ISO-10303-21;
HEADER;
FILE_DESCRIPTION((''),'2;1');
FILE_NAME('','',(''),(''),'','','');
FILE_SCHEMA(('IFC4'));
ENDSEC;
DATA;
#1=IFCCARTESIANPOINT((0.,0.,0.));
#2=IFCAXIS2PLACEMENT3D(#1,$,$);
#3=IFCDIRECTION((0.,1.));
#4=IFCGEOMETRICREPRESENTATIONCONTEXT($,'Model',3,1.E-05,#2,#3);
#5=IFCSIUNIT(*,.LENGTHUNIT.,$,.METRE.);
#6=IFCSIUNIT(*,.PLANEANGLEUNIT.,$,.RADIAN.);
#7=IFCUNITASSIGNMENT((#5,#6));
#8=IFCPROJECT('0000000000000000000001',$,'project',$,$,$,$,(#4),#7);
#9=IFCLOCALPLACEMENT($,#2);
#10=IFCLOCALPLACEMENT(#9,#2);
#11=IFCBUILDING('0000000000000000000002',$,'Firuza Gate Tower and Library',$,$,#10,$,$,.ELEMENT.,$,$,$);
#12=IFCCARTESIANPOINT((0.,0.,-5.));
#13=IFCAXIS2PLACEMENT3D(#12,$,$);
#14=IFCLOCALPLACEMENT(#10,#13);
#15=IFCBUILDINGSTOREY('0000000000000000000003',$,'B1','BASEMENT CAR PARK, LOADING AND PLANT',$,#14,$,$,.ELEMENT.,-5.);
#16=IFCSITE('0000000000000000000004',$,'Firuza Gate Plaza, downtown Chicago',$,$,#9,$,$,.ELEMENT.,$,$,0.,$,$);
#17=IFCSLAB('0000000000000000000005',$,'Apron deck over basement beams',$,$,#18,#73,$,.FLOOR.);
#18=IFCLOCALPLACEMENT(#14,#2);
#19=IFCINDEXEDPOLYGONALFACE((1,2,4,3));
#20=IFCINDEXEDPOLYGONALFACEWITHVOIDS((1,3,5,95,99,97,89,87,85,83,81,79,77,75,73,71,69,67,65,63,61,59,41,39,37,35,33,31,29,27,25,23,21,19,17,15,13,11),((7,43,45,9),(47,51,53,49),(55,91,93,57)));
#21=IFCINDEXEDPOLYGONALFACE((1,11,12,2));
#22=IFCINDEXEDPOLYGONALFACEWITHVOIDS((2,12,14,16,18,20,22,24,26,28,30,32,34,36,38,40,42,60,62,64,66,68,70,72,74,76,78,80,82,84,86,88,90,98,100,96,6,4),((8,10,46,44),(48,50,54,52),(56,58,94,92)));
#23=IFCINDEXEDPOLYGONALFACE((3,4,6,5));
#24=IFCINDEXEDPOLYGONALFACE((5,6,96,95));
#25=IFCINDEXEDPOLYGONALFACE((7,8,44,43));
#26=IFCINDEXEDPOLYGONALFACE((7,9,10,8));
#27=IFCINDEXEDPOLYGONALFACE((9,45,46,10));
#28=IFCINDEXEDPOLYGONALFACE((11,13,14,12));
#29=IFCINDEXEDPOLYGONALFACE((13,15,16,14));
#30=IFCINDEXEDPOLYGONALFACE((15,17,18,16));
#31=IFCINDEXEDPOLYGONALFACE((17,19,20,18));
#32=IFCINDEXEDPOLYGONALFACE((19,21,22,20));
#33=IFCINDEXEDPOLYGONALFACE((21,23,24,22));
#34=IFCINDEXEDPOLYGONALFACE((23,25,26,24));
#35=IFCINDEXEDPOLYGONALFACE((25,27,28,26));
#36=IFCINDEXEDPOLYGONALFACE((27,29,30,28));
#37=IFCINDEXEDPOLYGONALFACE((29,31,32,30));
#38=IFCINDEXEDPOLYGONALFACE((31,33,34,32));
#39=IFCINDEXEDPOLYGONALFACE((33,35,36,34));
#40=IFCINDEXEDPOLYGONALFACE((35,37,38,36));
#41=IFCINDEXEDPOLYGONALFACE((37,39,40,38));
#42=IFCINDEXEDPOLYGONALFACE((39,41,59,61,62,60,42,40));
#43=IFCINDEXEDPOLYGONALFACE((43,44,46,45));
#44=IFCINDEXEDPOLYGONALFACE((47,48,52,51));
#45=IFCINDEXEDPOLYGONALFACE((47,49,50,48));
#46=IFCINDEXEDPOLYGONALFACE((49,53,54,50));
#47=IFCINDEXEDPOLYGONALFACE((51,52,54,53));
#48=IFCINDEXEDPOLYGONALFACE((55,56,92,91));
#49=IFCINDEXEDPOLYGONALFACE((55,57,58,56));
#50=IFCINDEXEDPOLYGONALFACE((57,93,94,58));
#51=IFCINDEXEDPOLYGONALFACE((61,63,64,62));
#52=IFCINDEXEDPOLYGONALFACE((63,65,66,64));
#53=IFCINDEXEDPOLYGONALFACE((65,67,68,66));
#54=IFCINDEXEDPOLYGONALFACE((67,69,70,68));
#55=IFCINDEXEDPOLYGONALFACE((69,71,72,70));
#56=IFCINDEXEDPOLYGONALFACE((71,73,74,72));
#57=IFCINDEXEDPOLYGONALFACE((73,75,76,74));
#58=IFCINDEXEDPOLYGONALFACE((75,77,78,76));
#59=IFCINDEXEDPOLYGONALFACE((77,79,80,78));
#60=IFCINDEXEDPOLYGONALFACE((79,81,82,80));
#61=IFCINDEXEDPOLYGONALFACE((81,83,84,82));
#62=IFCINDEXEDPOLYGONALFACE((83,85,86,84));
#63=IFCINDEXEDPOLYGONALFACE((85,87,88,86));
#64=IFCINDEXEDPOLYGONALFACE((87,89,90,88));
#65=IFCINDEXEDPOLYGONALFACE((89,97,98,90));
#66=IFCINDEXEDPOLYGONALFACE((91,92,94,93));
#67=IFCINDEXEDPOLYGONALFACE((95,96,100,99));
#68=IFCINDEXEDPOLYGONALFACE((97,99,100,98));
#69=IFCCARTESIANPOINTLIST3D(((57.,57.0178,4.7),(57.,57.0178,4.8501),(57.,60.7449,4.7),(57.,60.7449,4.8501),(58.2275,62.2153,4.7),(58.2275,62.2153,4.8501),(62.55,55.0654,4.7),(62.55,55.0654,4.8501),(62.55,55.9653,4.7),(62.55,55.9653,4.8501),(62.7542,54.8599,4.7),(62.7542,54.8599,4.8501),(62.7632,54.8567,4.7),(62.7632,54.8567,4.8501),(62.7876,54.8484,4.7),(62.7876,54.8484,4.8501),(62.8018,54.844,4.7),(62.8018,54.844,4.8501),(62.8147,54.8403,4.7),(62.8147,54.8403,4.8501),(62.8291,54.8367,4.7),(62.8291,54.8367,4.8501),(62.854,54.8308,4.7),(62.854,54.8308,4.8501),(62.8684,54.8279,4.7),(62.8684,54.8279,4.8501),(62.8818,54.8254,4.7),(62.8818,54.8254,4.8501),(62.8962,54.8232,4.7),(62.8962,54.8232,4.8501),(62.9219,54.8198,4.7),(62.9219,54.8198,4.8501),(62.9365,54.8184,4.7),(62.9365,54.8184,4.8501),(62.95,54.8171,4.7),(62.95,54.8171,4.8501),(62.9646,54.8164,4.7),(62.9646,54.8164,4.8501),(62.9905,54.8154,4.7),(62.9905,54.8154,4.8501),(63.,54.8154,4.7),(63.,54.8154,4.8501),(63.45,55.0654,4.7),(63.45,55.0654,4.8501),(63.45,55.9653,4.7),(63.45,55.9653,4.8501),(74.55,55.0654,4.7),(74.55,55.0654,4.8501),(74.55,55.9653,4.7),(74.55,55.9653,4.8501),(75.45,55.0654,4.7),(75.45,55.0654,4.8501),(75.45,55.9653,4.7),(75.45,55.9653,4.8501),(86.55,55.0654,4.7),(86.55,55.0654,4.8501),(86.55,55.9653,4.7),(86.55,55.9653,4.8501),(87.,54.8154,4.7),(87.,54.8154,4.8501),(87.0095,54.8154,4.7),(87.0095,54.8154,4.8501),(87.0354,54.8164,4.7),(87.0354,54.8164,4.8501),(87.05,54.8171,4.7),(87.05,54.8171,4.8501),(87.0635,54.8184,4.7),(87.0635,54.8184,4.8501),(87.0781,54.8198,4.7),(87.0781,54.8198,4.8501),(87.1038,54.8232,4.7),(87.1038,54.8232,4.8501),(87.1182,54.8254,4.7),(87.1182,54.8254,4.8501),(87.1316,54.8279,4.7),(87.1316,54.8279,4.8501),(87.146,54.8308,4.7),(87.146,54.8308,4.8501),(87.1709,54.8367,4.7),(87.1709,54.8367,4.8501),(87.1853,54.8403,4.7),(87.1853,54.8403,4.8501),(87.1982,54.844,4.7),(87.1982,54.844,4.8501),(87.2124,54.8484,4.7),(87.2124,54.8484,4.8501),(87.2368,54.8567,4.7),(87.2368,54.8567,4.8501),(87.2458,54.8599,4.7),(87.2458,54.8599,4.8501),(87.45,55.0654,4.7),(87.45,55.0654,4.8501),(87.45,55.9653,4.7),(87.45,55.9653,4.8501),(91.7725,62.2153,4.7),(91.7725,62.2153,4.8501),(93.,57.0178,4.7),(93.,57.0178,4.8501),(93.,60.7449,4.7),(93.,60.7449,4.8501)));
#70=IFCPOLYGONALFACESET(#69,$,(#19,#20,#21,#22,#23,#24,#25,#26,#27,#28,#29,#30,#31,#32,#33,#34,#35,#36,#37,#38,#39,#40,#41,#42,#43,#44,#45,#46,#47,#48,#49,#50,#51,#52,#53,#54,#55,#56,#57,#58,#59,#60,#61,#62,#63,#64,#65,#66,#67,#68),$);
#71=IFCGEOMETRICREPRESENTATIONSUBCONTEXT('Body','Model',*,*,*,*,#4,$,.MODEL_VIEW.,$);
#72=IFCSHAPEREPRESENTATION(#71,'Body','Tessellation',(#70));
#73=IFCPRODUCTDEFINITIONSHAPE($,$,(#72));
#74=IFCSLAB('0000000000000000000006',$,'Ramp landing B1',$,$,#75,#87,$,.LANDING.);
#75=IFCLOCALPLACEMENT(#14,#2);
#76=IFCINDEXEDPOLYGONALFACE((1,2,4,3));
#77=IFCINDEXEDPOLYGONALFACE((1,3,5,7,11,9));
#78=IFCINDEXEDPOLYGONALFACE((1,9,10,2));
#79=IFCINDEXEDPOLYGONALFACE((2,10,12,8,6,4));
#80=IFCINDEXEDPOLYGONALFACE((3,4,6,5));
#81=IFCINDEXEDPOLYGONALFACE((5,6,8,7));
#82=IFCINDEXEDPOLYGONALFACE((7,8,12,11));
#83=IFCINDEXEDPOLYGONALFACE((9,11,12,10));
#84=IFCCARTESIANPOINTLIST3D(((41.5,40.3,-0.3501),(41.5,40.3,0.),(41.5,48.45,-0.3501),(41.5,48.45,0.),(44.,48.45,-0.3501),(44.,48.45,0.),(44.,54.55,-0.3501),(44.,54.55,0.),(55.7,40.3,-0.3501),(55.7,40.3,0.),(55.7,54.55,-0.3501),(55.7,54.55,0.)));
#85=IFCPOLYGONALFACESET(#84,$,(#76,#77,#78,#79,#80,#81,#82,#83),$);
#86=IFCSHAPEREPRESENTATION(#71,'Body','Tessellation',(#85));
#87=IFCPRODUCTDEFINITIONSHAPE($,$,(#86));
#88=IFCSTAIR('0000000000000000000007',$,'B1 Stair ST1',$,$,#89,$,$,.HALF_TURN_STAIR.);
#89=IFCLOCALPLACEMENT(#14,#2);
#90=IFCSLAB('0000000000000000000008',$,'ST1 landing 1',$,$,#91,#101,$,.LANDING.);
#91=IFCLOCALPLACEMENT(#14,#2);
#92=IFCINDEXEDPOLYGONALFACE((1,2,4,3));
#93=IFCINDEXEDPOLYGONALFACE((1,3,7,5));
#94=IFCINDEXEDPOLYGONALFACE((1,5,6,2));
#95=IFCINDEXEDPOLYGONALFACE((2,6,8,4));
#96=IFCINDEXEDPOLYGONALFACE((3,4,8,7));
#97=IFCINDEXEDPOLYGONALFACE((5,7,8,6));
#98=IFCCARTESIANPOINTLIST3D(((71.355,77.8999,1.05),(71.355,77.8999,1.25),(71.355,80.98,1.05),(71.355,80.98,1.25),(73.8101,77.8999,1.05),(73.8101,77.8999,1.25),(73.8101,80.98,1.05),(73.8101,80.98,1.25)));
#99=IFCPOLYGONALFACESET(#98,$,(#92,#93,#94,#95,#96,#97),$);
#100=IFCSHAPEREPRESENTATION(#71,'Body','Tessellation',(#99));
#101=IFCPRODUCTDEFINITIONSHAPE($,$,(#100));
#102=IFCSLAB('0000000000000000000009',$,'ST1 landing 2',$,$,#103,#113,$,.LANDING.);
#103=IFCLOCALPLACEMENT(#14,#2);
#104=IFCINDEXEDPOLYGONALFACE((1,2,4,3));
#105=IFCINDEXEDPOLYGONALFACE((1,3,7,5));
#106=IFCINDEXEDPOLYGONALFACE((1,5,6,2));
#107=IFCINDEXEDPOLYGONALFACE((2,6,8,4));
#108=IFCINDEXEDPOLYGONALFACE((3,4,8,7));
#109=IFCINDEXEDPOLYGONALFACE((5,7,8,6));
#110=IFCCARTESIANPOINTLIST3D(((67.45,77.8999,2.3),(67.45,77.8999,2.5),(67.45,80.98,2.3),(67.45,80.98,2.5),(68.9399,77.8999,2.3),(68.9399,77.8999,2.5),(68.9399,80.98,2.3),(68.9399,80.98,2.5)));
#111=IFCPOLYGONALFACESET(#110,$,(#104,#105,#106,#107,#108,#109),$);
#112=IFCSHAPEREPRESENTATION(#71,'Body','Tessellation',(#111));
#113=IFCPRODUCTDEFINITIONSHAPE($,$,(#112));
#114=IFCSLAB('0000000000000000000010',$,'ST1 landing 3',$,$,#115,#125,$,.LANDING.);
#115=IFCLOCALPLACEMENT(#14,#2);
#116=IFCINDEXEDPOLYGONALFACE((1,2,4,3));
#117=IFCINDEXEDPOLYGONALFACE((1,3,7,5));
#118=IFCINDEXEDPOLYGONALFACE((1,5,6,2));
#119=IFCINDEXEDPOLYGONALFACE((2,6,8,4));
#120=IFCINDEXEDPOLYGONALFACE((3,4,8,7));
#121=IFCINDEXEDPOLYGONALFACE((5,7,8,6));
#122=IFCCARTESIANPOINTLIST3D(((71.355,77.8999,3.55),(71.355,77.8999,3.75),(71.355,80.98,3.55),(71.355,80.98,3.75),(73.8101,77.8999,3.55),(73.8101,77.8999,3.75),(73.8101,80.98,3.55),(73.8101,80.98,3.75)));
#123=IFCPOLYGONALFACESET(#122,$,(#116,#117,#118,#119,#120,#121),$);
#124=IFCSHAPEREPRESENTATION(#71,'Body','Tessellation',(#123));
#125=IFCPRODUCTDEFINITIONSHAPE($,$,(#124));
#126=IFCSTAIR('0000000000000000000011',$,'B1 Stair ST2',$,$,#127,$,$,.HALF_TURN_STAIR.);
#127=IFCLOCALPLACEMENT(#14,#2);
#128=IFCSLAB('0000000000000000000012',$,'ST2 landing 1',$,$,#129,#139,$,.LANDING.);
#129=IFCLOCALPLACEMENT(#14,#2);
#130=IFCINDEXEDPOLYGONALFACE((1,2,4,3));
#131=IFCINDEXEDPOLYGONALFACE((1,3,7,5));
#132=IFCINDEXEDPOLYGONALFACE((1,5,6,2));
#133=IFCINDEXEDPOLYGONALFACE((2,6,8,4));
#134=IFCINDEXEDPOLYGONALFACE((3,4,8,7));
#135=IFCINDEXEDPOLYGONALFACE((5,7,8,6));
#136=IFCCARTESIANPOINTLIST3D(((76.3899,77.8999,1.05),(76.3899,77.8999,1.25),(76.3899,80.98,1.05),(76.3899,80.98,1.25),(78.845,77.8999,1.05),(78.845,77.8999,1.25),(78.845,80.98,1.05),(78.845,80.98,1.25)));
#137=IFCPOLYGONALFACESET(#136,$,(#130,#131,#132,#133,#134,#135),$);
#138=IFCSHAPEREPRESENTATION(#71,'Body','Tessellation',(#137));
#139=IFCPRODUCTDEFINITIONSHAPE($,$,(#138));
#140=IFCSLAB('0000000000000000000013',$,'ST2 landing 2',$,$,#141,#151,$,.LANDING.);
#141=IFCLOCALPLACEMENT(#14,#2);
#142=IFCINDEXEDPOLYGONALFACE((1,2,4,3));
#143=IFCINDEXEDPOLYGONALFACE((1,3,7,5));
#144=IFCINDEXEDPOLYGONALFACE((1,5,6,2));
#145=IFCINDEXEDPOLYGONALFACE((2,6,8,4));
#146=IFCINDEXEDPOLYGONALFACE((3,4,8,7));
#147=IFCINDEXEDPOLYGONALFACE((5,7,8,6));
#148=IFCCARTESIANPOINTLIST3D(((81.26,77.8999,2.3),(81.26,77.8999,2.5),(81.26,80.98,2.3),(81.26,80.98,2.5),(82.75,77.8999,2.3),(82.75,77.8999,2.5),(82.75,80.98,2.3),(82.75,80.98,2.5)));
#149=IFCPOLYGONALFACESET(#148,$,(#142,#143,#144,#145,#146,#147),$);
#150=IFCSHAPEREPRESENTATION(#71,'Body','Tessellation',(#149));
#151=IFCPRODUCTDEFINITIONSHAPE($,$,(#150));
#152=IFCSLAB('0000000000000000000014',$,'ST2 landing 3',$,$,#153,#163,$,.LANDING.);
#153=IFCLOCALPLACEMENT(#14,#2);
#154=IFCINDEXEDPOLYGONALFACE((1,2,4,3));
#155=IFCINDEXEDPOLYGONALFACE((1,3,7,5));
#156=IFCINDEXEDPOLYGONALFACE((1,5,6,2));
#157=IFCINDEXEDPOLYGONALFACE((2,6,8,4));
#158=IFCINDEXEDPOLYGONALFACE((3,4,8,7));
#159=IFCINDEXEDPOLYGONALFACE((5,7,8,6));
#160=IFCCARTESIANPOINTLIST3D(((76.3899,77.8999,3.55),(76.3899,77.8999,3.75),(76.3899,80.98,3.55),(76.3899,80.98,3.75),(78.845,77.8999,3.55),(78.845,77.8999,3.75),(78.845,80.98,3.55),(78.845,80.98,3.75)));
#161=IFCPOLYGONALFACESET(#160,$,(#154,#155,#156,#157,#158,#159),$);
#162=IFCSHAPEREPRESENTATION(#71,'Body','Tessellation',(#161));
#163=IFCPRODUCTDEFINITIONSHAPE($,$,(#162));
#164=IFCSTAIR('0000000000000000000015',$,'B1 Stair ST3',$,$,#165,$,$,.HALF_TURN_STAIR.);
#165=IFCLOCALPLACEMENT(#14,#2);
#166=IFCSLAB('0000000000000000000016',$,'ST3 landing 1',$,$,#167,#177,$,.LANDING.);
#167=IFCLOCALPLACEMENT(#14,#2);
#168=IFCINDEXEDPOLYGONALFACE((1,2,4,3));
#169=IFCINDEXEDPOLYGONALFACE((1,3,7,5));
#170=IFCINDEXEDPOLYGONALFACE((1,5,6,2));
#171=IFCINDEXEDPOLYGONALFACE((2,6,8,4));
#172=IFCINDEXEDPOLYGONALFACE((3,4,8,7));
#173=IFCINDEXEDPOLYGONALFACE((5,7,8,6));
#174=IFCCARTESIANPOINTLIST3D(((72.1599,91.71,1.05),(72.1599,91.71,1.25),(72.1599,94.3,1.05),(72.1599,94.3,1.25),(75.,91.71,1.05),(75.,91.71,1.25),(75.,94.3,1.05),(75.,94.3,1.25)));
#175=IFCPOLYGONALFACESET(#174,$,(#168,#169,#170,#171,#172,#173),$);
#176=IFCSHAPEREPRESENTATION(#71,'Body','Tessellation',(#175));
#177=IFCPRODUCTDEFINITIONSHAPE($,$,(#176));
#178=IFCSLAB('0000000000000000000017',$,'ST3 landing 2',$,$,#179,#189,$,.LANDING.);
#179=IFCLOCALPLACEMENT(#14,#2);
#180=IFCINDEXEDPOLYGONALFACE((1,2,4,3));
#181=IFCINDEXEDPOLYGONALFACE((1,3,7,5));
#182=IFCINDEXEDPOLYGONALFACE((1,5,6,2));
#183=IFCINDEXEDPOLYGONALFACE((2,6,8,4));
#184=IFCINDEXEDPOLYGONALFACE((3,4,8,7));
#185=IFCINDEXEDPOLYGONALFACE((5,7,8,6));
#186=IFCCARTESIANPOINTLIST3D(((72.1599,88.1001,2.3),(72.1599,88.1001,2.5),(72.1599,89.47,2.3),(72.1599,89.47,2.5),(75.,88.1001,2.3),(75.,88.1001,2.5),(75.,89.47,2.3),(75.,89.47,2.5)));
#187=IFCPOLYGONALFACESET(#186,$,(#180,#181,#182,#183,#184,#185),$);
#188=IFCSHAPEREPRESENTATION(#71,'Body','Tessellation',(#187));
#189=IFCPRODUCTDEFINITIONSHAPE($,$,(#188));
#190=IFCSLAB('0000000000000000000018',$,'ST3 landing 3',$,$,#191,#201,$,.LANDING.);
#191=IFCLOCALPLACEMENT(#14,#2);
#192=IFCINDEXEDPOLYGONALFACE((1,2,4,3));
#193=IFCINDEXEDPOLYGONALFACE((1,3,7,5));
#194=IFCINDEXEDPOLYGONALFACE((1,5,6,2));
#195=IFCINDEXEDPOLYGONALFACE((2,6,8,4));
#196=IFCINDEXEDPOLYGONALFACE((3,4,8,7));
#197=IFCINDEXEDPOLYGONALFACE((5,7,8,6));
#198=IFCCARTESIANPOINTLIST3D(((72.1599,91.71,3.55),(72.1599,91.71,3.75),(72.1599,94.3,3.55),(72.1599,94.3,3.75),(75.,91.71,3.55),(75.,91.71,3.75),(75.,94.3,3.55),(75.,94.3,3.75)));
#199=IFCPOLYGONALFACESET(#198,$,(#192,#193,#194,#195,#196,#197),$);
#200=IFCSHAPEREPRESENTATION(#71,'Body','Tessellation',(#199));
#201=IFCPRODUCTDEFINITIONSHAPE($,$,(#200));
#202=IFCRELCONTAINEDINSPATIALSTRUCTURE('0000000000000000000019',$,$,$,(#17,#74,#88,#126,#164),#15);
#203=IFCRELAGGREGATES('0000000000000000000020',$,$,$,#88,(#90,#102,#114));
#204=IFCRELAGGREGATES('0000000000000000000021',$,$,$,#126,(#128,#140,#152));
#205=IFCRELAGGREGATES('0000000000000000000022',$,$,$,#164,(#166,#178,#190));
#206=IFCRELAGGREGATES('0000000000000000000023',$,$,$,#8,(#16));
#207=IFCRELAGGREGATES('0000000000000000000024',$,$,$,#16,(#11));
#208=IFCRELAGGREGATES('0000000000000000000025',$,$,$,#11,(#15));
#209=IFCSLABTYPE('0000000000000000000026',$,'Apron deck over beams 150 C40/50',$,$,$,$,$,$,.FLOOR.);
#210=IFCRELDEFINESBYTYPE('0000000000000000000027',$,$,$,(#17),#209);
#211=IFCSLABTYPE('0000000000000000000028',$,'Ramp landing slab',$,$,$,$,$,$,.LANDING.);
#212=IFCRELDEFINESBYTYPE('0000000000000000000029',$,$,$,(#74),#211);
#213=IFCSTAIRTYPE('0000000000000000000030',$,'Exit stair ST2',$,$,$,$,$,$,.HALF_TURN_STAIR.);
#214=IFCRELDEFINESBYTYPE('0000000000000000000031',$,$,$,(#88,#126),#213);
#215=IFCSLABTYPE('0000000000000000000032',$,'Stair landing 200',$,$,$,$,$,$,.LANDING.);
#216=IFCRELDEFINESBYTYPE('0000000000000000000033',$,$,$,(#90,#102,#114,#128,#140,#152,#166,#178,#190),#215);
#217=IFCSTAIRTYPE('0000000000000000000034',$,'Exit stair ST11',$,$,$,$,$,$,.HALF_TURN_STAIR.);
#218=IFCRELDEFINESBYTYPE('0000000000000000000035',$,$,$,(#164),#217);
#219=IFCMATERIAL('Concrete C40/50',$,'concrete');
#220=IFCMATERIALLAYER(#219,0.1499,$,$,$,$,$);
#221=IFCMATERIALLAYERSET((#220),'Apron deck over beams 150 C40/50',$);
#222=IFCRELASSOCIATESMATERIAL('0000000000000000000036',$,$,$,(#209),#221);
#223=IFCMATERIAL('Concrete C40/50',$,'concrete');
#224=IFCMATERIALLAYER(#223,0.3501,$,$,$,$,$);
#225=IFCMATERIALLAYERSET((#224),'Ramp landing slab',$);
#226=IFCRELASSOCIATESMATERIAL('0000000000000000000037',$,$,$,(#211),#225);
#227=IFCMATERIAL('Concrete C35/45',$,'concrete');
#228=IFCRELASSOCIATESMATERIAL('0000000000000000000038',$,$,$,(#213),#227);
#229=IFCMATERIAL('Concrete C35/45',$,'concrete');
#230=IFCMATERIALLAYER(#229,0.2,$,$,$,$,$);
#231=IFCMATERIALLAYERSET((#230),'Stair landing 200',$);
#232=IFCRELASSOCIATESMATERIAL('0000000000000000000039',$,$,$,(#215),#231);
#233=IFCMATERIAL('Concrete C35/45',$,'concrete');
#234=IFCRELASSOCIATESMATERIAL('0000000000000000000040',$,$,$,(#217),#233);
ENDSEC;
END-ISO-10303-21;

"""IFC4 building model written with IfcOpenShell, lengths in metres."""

from ifc_helpers import new_model, si_unit, direction, frame, origin, place, context, subcontext, project, spatial, polyline, outline, extrude, material, layer, layer_set, type_object, element, aggregate, save


model = new_model("IFC4")

# Units and contexts
model_context = context("Model", 3, precision=1e-05, world=origin(), true_north=direction((0.0, 1.0)))
body_context = subcontext(model_context, "Body", "Model", "MODEL_VIEW")
ifc_project = project(units=[si_unit("LENGTHUNIT", "METRE"), si_unit("PLANEANGLEUNIT", "RADIAN")], contexts=[model_context])

# Site, building, storey
site_placement = place(None, origin())
site = spatial("IfcSite", under=ifc_project, at=site_placement, Name="Firuza Gate Plaza, downtown Chicago", CompositionType="ELEMENT", RefElevation=0.0)
building_placement = place(site_placement, origin())
building = spatial("IfcBuilding", under=site, at=building_placement, Name="Firuza Gate Tower and Library", CompositionType="ELEMENT")
storey_placement = place(building_placement, frame((0.0, 0.0, -5.0)))
storey = spatial("IfcBuildingStorey", under=building, at=storey_placement, Name="B1", Description="BASEMENT CAR PARK, LOADING AND PLANT", CompositionType="ELEMENT", Elevation=-5.0)

# Slabs
ifc_material_1 = material(Name="Concrete C40/50", Category="concrete")
ifc_layer_1 = layer(ifc_material_1, 0.1499)
ifc_layer_set_1 = layer_set([ifc_layer_1], Name="Apron deck over beams 150 C40/50")
slab_type_1 = type_object("IfcSlabType", Name="Apron deck over beams 150 C40/50", PredefinedType="FLOOR", material=ifc_layer_set_1)
slab_1_placement = place(storey_placement, frame((0.0, 0.0, 4.7)))
element("IfcSlab", 1, at=slab_1_placement, inside=storey, type_object=slab_type_1, Name="Apron deck over basement beams", PredefinedType="FLOOR", context=body_context, shape_type="SweptSolid", body=[
    extrude(outline(polyline([(57.0, 60.7449), (57.0, 57.0178), (62.7542, 54.8599), (62.7632, 54.8567), (62.7876, 54.8484), (62.8018, 54.844), (62.8147, 54.8403), (62.8291, 54.8367), (62.854, 54.8308), (62.8684, 54.8279), (62.8818, 54.8254), (62.8962, 54.8232), (62.9219, 54.8198), (62.9365, 54.8184), (62.95, 54.8171), (62.9646, 54.8164), (62.9905, 54.8154), (63.0, 54.8154), (87.0, 54.8154), (87.0095, 54.8154), (87.0354, 54.8164), (87.05, 54.8171), (87.0635, 54.8184), (87.0781, 54.8198), (87.1038, 54.8232), (87.1182, 54.8254), (87.1316, 54.8279), (87.146, 54.8308), (87.1709, 54.8367), (87.1853, 54.8403), (87.1982, 54.844), (87.2124, 54.8484), (87.2368, 54.8567), (87.2458, 54.8599), (93.0, 57.0178), (93.0, 60.7449), (91.7725, 62.2153), (58.2275, 62.2153), (57.0, 60.7449)]), holes=[polyline([(62.55, 55.0654), (62.55, 55.9653), (63.45, 55.9653), (63.45, 55.0654), (62.55, 55.0654)]), polyline([(74.55, 55.9653), (75.45, 55.9653), (75.45, 55.0654), (74.55, 55.0654), (74.55, 55.9653)]), polyline([(86.55, 55.9653), (87.45, 55.9653), (87.45, 55.0654), (86.55, 55.0654), (86.55, 55.9653)])]), origin(), (0.0, 0.0, 1.0), 0.1501),
])
placement_1 = place(storey_placement, frame((0.0, 0.0, -0.3501)))
ifc_material_2 = material(Name="Concrete C40/50", Category="concrete")
ifc_layer_2 = layer(ifc_material_2, 0.3501)
ifc_layer_set_2 = layer_set([ifc_layer_2], Name="Ramp landing slab")
slab_type_2 = type_object("IfcSlabType", Name="Ramp landing slab", PredefinedType="LANDING", material=ifc_layer_set_2)
element("IfcSlab", 2, at=placement_1, inside=storey, type_object=slab_type_2, Name="Ramp landing B1", PredefinedType="LANDING", context=body_context, shape_type="SweptSolid", body=[
    extrude(outline(polyline([(55.7, 54.55), (55.7, 40.3), (41.5, 40.3), (41.5, 48.45), (44.0, 48.45), (44.0, 54.55), (55.7, 54.55)])), origin(), (0.0, 0.0, 1.0), 0.3501),
])

# Stairs, slabs
ifc_material_3 = material(Name="Concrete C35/45", Category="concrete")
stair_type_1 = type_object("IfcStairType", Name="Exit stair ST2", PredefinedType="HALF_TURN_STAIR", material=ifc_material_3)
placement_2 = place(storey_placement, origin())
stair_1 = element("IfcStair", 3, at=placement_2, inside=storey, type_object=stair_type_1, Name="B1 Stair ST1", PredefinedType="HALF_TURN_STAIR")
ifc_material_4 = material(Name="Concrete C35/45", Category="concrete")
ifc_layer_3 = layer(ifc_material_4, 0.2)
ifc_layer_set_3 = layer_set([ifc_layer_3], Name="Stair landing 200")
slab_type_3 = type_object("IfcSlabType", Name="Stair landing 200", PredefinedType="LANDING", material=ifc_layer_set_3)
placement_3 = place(storey_placement, frame((0.0, 0.0, 1.05)))
slab_2 = element("IfcSlab", 4, at=placement_3, type_object=slab_type_3, Name="ST1 landing 1", PredefinedType="LANDING", context=body_context, shape_type="SweptSolid", body=[
    extrude(outline(polyline([(71.355, 77.8999), (73.8101, 77.8999), (73.8101, 80.98), (71.355, 80.98), (71.355, 77.8999)])), origin(), (0.0, 0.0, 1.0), 0.2),
])
placement_4 = place(storey_placement, frame((0.0, 0.0, 2.3)))
slab_3 = element("IfcSlab", 5, at=placement_4, type_object=slab_type_3, Name="ST1 landing 2", PredefinedType="LANDING", context=body_context, shape_type="SweptSolid", body=[
    extrude(outline(polyline([(67.45, 77.8999), (68.9399, 77.8999), (68.9399, 80.98), (67.45, 80.98), (67.45, 77.8999)])), origin(), (0.0, 0.0, 1.0), 0.2),
])
placement_5 = place(storey_placement, frame((0.0, 0.0, 3.55)))
slab_4 = element("IfcSlab", 6, at=placement_5, type_object=slab_type_3, Name="ST1 landing 3", PredefinedType="LANDING", context=body_context, shape_type="SweptSolid", body=[
    extrude(outline(polyline([(71.355, 77.8999), (73.8101, 77.8999), (73.8101, 80.98), (71.355, 80.98), (71.355, 77.8999)])), origin(), (0.0, 0.0, 1.0), 0.2),
])
aggregate(stair_1, [slab_2, slab_3, slab_4])
stair_2 = element("IfcStair", 7, at=placement_2, inside=storey, type_object=stair_type_1, Name="B1 Stair ST2", PredefinedType="HALF_TURN_STAIR")
slab_5 = element("IfcSlab", 8, at=placement_3, type_object=slab_type_3, Name="ST2 landing 1", PredefinedType="LANDING", context=body_context, shape_type="SweptSolid", body=[
    extrude(outline(polyline([(78.845, 80.98), (76.3899, 80.98), (76.3899, 77.8999), (78.845, 77.8999), (78.845, 80.98)])), origin(), (0.0, 0.0, 1.0), 0.2),
])
slab_6 = element("IfcSlab", 9, at=placement_4, type_object=slab_type_3, Name="ST2 landing 2", PredefinedType="LANDING", context=body_context, shape_type="SweptSolid", body=[
    extrude(outline(polyline([(82.75, 80.98), (81.26, 80.98), (81.26, 77.8999), (82.75, 77.8999), (82.75, 80.98)])), origin(), (0.0, 0.0, 1.0), 0.2),
])
slab_7 = element("IfcSlab", 10, at=placement_5, type_object=slab_type_3, Name="ST2 landing 3", PredefinedType="LANDING", context=body_context, shape_type="SweptSolid", body=[
    extrude(outline(polyline([(78.845, 80.98), (76.3899, 80.98), (76.3899, 77.8999), (78.845, 77.8999), (78.845, 80.98)])), origin(), (0.0, 0.0, 1.0), 0.2),
])
aggregate(stair_2, [slab_5, slab_6, slab_7])
ifc_material_5 = material(Name="Concrete C35/45", Category="concrete")
stair_type_2 = type_object("IfcStairType", Name="Exit stair ST11", PredefinedType="HALF_TURN_STAIR", material=ifc_material_5)
stair_3 = element("IfcStair", 11, at=placement_2, inside=storey, type_object=stair_type_2, Name="B1 Stair ST3", PredefinedType="HALF_TURN_STAIR")
slab_8 = element("IfcSlab", 12, at=placement_3, type_object=slab_type_3, Name="ST3 landing 1", PredefinedType="LANDING", context=body_context, shape_type="SweptSolid", body=[
    extrude(outline(polyline([(75.0, 91.71), (75.0, 94.3), (72.1599, 94.3), (72.1599, 91.71), (75.0, 91.71)])), origin(), (0.0, 0.0, 1.0), 0.2),
])
slab_9 = element("IfcSlab", 13, at=placement_4, type_object=slab_type_3, Name="ST3 landing 2", PredefinedType="LANDING", context=body_context, shape_type="SweptSolid", body=[
    extrude(outline(polyline([(75.0, 88.1001), (75.0, 89.47), (72.1599, 89.47), (72.1599, 88.1001), (75.0, 88.1001)])), origin(), (0.0, 0.0, 1.0), 0.2),
])
slab_10 = element("IfcSlab", 14, at=placement_5, type_object=slab_type_3, Name="ST3 landing 3", PredefinedType="LANDING", context=body_context, shape_type="SweptSolid", body=[
    extrude(outline(polyline([(75.0, 91.71), (75.0, 94.3), (72.1599, 94.3), (72.1599, 91.71), (75.0, 91.71)])), origin(), (0.0, 0.0, 1.0), 0.2),
])
aggregate(stair_3, [slab_8, slab_9, slab_10])

save(model, "model.ifc")
